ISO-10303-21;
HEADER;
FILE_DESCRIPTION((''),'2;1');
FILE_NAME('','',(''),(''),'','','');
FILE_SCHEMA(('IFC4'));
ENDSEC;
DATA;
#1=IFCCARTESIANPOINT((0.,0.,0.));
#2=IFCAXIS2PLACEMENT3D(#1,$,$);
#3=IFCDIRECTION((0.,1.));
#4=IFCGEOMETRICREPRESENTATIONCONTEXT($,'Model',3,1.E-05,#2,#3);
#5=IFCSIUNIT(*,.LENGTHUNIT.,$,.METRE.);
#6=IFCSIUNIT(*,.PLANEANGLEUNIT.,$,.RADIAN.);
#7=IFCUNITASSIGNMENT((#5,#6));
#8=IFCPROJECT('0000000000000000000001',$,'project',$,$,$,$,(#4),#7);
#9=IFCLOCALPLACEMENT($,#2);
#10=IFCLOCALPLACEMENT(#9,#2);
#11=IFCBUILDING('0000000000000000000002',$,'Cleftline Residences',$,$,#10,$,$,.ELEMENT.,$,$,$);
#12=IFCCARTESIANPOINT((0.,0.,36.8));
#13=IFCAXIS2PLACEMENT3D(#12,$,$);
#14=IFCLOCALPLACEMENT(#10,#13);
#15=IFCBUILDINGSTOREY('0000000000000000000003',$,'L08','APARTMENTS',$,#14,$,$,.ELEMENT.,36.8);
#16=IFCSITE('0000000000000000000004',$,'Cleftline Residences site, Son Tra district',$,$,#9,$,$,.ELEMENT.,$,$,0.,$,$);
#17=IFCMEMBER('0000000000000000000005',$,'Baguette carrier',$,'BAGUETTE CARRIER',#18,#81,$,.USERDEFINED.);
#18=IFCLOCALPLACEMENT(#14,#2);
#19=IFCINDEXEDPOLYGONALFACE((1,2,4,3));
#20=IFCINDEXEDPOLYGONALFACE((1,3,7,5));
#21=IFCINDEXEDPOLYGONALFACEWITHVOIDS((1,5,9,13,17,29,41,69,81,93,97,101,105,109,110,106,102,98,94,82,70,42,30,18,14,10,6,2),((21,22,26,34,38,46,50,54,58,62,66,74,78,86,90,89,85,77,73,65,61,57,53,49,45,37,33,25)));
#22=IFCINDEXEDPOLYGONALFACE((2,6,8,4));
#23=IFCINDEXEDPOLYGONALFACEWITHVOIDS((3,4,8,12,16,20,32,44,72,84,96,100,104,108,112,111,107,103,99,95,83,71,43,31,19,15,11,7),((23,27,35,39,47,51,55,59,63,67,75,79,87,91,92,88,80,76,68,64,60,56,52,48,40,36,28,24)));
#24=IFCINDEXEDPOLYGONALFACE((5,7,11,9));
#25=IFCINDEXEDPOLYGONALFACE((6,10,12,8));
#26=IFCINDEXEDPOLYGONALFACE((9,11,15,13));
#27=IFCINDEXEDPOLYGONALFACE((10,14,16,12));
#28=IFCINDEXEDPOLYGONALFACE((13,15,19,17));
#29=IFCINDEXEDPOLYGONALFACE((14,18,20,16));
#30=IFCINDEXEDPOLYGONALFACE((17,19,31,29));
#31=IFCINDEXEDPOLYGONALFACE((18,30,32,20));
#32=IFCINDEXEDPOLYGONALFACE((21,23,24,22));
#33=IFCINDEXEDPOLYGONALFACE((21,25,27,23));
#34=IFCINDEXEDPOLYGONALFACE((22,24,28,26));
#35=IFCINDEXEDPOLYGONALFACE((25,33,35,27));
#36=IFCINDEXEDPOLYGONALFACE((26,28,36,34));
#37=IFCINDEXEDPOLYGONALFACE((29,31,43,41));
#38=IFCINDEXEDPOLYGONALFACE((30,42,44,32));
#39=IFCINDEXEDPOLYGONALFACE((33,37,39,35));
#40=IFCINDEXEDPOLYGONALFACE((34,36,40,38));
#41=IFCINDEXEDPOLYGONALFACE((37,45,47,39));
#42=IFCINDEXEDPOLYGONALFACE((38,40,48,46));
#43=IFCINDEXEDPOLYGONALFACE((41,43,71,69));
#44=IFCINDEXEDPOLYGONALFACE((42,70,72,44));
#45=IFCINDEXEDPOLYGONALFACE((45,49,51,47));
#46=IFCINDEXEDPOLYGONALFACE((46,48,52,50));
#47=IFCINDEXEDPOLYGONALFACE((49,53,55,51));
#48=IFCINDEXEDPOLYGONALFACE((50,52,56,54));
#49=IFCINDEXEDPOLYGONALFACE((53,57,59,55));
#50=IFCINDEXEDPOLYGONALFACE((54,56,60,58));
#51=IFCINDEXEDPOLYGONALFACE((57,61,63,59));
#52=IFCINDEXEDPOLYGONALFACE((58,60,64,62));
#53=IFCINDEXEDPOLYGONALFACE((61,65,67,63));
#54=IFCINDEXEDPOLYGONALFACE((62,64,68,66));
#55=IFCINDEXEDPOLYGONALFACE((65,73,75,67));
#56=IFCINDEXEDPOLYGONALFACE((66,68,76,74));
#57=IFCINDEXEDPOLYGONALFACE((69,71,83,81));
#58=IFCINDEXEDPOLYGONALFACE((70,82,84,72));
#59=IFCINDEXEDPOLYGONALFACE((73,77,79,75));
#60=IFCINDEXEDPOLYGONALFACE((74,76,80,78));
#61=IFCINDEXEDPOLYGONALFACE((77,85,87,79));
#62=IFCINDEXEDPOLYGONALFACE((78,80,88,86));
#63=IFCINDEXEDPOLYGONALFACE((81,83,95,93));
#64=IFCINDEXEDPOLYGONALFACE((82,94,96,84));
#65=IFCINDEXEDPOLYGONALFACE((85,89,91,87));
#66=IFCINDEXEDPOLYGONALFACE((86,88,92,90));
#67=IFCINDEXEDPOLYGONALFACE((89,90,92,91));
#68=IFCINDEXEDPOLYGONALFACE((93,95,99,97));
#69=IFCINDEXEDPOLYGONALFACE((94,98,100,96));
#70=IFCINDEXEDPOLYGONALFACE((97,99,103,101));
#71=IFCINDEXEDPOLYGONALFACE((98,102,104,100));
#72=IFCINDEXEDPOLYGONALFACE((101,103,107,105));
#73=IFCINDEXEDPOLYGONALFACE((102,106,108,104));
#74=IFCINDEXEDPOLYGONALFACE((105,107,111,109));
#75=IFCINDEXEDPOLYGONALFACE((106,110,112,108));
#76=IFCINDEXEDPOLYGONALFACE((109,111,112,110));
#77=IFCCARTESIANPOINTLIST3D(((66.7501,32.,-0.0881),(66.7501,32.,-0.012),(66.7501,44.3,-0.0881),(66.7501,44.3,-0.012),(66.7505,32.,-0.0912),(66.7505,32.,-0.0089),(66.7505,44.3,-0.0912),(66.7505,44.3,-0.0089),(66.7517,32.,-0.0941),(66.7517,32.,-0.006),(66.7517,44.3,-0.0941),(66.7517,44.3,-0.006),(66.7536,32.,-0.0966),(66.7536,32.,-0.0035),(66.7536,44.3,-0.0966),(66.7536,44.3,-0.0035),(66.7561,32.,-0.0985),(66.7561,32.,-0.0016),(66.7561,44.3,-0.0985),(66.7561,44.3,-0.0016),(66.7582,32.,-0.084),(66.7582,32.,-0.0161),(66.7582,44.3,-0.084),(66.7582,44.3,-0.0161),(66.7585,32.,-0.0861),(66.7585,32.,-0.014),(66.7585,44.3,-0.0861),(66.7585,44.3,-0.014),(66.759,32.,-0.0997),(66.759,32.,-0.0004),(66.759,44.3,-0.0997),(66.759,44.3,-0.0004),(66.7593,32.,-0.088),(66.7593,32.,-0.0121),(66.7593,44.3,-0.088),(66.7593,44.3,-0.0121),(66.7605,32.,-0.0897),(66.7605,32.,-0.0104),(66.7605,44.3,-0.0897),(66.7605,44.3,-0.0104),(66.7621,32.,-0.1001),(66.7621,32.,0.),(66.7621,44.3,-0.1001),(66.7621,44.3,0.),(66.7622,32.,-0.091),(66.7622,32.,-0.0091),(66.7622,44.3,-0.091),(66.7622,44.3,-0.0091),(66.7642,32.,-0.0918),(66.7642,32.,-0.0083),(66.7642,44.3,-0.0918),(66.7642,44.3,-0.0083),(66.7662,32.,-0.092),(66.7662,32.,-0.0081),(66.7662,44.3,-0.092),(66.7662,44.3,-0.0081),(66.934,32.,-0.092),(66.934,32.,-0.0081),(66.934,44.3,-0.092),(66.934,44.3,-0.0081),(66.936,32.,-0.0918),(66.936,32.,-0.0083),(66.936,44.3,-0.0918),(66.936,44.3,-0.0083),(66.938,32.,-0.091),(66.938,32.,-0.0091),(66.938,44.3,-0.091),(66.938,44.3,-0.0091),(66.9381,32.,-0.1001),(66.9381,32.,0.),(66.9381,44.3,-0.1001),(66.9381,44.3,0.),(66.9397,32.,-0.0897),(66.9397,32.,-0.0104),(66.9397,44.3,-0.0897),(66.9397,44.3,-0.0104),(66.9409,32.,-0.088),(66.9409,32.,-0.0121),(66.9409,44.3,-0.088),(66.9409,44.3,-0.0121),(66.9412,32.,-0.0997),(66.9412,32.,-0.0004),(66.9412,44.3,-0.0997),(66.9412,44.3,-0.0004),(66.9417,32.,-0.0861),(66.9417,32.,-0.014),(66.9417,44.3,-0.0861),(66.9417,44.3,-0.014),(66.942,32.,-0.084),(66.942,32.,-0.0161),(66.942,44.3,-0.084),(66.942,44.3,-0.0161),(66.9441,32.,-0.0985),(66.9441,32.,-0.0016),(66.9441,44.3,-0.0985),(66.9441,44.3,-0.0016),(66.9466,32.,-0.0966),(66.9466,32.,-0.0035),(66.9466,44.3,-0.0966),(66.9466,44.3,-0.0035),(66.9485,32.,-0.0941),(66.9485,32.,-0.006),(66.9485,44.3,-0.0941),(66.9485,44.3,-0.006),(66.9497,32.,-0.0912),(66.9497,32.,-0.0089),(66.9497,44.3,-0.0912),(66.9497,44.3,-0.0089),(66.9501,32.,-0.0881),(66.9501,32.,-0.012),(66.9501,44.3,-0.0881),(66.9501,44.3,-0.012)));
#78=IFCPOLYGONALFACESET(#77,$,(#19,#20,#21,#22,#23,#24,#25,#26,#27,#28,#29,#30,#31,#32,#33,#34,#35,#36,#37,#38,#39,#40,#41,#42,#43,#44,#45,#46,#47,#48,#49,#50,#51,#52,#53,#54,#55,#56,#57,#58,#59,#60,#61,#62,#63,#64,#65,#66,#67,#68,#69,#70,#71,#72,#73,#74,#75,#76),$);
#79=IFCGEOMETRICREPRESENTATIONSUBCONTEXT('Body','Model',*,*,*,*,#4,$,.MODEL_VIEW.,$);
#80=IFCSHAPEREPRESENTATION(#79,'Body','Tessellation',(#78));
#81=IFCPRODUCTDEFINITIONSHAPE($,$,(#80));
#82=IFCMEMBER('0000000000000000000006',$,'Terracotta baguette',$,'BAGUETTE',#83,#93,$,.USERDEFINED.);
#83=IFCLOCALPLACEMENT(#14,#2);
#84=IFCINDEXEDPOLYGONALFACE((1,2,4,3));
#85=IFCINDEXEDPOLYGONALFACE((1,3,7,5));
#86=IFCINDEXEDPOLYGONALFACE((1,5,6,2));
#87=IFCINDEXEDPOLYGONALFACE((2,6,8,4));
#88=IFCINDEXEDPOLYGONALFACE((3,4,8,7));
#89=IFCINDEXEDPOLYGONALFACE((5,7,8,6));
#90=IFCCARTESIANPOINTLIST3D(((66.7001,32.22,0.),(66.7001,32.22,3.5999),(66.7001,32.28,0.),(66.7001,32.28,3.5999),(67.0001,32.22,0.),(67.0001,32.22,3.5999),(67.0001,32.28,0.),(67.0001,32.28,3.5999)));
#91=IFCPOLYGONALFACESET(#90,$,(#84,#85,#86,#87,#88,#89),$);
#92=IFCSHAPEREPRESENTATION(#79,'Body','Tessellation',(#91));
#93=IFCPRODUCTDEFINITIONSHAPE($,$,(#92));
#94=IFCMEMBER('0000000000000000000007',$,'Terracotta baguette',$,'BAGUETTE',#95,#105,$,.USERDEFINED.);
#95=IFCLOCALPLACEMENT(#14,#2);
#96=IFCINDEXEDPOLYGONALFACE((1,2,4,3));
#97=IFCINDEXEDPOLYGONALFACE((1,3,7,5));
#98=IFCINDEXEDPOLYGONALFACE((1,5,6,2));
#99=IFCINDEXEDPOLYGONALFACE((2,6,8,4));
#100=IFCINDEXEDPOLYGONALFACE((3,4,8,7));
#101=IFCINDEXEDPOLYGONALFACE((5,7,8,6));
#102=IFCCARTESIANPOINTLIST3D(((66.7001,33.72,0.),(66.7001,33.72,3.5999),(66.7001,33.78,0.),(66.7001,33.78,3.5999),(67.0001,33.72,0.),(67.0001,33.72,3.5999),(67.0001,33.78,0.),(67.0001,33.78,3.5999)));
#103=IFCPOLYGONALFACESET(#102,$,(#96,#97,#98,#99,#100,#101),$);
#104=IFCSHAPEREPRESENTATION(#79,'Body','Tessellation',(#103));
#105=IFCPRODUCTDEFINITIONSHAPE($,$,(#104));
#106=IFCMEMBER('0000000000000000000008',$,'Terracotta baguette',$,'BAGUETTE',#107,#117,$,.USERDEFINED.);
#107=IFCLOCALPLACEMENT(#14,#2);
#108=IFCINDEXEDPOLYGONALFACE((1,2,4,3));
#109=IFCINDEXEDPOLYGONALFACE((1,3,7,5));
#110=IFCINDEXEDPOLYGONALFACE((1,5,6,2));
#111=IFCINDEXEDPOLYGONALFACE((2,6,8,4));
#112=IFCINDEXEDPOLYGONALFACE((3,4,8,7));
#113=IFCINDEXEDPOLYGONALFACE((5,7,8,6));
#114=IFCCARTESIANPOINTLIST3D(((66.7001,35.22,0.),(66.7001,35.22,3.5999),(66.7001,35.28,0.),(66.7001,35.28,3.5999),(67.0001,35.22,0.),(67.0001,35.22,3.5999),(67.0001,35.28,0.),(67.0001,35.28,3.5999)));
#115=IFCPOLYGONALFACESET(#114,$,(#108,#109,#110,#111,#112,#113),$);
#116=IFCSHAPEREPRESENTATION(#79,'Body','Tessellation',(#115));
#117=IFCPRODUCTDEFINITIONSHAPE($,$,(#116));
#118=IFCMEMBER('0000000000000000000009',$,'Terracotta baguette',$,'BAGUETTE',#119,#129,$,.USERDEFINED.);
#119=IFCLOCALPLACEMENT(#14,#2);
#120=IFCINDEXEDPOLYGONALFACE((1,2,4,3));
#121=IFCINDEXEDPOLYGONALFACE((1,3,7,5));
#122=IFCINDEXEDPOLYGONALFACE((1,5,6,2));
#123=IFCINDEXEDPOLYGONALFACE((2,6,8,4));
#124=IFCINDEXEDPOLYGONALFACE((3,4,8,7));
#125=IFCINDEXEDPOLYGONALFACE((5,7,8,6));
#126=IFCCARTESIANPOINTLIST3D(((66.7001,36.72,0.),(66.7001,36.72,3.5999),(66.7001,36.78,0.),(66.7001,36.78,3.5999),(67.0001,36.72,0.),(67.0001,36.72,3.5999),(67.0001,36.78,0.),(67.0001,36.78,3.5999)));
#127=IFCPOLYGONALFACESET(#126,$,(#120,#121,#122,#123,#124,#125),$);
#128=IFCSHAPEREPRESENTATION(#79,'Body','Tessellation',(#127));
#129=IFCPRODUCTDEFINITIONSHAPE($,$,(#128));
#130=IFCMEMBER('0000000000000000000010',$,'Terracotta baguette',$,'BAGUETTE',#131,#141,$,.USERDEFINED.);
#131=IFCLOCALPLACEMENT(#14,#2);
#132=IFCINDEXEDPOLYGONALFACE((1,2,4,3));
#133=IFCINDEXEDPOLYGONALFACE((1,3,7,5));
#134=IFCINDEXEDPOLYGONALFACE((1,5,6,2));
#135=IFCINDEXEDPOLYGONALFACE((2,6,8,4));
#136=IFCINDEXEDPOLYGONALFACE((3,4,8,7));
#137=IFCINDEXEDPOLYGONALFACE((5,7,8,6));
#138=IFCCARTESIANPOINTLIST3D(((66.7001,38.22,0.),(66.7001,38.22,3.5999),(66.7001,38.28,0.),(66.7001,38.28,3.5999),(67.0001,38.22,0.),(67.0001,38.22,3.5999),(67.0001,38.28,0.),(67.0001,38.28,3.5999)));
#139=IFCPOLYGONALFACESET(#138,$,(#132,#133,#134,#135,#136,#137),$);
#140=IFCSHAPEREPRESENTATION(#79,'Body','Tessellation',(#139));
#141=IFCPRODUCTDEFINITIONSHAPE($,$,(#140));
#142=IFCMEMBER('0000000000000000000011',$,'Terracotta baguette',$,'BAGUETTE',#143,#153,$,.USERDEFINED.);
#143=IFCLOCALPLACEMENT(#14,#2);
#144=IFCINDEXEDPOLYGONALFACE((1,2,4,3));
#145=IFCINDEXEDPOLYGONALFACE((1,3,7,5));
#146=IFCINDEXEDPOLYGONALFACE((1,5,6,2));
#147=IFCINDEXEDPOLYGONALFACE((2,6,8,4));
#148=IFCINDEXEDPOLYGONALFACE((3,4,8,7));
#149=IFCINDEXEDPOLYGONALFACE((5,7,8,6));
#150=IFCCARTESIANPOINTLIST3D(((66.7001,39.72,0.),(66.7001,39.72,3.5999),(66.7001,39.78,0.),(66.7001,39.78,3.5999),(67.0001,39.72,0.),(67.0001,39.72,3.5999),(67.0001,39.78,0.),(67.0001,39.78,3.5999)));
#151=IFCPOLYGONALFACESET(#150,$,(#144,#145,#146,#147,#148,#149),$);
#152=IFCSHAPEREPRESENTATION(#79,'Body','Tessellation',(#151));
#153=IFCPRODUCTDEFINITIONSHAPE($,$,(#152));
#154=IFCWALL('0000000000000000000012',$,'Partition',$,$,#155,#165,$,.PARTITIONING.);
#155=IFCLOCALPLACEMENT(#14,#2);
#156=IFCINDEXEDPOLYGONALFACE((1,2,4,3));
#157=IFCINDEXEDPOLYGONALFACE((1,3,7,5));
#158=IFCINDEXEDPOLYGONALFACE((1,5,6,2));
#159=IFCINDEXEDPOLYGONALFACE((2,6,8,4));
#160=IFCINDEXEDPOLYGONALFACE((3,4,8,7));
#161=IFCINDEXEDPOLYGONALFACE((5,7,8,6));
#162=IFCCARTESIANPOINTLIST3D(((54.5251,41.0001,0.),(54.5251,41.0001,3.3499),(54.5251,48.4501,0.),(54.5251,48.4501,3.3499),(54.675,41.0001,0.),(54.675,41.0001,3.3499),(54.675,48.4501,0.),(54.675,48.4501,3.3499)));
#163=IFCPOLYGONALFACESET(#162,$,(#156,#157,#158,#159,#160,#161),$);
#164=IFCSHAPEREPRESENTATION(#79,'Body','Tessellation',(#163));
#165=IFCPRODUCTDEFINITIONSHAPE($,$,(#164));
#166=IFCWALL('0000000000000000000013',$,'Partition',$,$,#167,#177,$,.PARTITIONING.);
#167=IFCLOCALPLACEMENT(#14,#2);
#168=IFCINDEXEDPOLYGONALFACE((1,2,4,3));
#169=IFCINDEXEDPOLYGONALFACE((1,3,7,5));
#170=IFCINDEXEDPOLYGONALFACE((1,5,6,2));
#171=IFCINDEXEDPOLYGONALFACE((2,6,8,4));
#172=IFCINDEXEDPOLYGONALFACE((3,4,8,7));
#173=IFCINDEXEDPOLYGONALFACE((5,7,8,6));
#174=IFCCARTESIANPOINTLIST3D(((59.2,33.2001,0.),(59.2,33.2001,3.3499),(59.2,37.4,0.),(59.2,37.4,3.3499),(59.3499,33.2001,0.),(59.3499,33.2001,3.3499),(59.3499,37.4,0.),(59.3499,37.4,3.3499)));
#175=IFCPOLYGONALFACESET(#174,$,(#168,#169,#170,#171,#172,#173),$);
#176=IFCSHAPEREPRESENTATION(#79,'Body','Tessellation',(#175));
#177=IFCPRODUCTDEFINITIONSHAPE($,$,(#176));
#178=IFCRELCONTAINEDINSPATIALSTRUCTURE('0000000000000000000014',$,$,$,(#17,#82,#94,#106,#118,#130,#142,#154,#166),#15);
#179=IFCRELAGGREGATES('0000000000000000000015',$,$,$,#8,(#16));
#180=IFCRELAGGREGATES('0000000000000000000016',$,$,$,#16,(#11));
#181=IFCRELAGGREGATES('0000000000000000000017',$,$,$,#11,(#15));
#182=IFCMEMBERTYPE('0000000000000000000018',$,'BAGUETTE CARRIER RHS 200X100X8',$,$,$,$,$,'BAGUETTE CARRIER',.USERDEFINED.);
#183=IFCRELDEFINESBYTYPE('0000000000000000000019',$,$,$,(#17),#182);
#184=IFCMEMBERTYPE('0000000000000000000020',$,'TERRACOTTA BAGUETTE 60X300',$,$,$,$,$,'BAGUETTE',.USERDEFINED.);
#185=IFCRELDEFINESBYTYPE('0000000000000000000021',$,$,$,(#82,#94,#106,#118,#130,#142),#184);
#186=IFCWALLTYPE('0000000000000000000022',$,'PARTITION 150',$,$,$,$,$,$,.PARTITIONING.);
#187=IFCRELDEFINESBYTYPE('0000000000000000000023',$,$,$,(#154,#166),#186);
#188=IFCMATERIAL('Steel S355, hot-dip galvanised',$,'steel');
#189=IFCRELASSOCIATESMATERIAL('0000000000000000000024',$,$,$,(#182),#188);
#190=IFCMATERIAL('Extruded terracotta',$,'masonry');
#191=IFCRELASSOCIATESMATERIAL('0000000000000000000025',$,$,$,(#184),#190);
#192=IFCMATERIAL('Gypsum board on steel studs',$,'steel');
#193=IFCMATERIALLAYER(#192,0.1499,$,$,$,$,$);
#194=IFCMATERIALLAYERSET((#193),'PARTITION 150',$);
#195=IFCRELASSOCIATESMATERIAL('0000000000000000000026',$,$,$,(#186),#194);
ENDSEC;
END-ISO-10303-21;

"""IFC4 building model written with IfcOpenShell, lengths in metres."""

from ifc_helpers import new_model, si_unit, direction, frame, frame_2d, origin, origin_2d, place, context, subcontext, project, spatial, rectangle, hollow_rectangle, extrude, material, layer, layer_set, material_profile, profile_set, type_object, element, save


model = new_model("IFC4")

# Units and contexts
model_context = context("Model", 3, precision=1e-05, world=origin(), true_north=direction((0.0, 1.0)))
body_context = subcontext(model_context, "Body", "Model", "MODEL_VIEW")
ifc_project = project(units=[si_unit("LENGTHUNIT", "METRE"), si_unit("PLANEANGLEUNIT", "RADIAN")], contexts=[model_context])

# Site, building, storey
site_placement = place(None, origin())
site = spatial("IfcSite", under=ifc_project, at=site_placement, Name="Cleftline Residences site, Son Tra district", CompositionType="ELEMENT", RefElevation=0.0)
building_placement = place(site_placement, origin())
building = spatial("IfcBuilding", under=site, at=building_placement, Name="Cleftline Residences", CompositionType="ELEMENT")
storey_placement = place(building_placement, frame((0.0, 0.0, 36.8)))
storey = spatial("IfcBuildingStorey", under=building, at=storey_placement, Name="L08", Description="APARTMENTS", CompositionType="ELEMENT", Elevation=36.8)

# Members
ifc_material_1 = material(Name="Steel S355, hot-dip galvanised", Category="steel")
ifc_material_profile_1 = material_profile(ifc_material_1, hollow_rectangle(XDim=0.1001, YDim=0.2, WallThickness=0.0081, InnerFilletRadius=0.0081, OuterFilletRadius=0.012, at=origin_2d()))
ifc_profile_set_1 = profile_set([ifc_material_profile_1], Name="Steel S355, hot-dip galvanised")
member_type_1 = type_object("IfcMemberType", Name="BAGUETTE CARRIER RHS 200X100X8", ElementType="BAGUETTE CARRIER", PredefinedType="USERDEFINED", material=ifc_profile_set_1)
member_placement = place(storey_placement, frame((66.8501, 32.0, -0.05), z_axis=(0.0, 1.0, 0.0), x_axis=(0.0, 0.0, 1.0)))
element("IfcMember", 1, at=member_placement, inside=storey, type_object=member_type_1, Name="Baguette carrier", ObjectType="BAGUETTE CARRIER", PredefinedType="USERDEFINED", context=body_context, shape_type="SweptSolid", body=[
    extrude(hollow_rectangle(XDim=0.1001, YDim=0.2, WallThickness=0.0081, InnerFilletRadius=0.0081, OuterFilletRadius=0.012, at=origin_2d()), origin(), (0.0, 0.0, 1.0), 12.3),
])
ifc_material_2 = material(Name="Extruded terracotta", Category="masonry")
ifc_material_profile_2 = material_profile(ifc_material_2, rectangle(XDim=0.0601, YDim=0.3, at=origin_2d()))
ifc_profile_set_2 = profile_set([ifc_material_profile_2], Name="Extruded terracotta")
member_type_2 = type_object("IfcMemberType", Name="TERRACOTTA BAGUETTE 60X300", ElementType="BAGUETTE", PredefinedType="USERDEFINED", material=ifc_profile_set_2)
for number, where, z_axis, x_axis, name in (
    (2, (66.8501, 32.25, 0.0), (0.0, 0.0, 1.0), (0.0, 1.0, 0.0), "Terracotta baguette"),
    (3, (66.8501, 33.75, 0.0), (0.0, 0.0, 1.0), (0.0, 1.0, 0.0), "Terracotta baguette"),
    (4, (66.8501, 35.25, 0.0), (0.0, 0.0, 1.0), (0.0, 1.0, 0.0), "Terracotta baguette"),
    (5, (66.8501, 36.75, 0.0), (0.0, 0.0, 1.0), (0.0, 1.0, 0.0), "Terracotta baguette"),
    (6, (66.8501, 38.25, 0.0), (0.0, 0.0, 1.0), (0.0, 1.0, 0.0), "Terracotta baguette"),
    (7, (66.8501, 39.75, 0.0), (0.0, 0.0, 1.0), (0.0, 1.0, 0.0), "Terracotta baguette"),
):
    element("IfcMember", number, at=place(storey_placement, frame(where, z_axis=z_axis, x_axis=x_axis)), inside=storey, type_object=member_type_2, Name=name, ObjectType="BAGUETTE", PredefinedType="USERDEFINED", context=body_context, shape_type="SweptSolid", body=[
        extrude(rectangle(XDim=0.0601, YDim=0.3, at=origin_2d()), origin(), (0.0, 0.0, 1.0), 3.5999),
    ])

# Walls
ifc_material_3 = material(Name="Gypsum board on steel studs", Category="steel")
ifc_layer = layer(ifc_material_3, 0.1499)
ifc_layer_set = layer_set([ifc_layer], Name="PARTITION 150")
wall_type = type_object("IfcWallType", Name="PARTITION 150", PredefinedType="PARTITIONING", material=ifc_layer_set)
wall_1_placement = place(storey_placement, frame((54.6001, 41.0, 0.0), z_axis=(0.0, 0.0, 1.0), x_axis=(0.0, 1.0, 0.0)))
element("IfcWall", 8, at=wall_1_placement, inside=storey, type_object=wall_type, Name="Partition", PredefinedType="PARTITIONING", context=body_context, shape_type="SweptSolid", body=[
    extrude(rectangle(XDim=7.45, YDim=0.1499, at=frame_2d((3.7251, 0.0))), origin(), (0.0, 0.0, 1.0), 3.3499),
])
wall_2_placement = place(storey_placement, frame((59.2749, 33.2, 0.0), z_axis=(0.0, 0.0, 1.0), x_axis=(0.0, 1.0, 0.0)))
element("IfcWall", 9, at=wall_2_placement, inside=storey, type_object=wall_type, Name="Partition", PredefinedType="PARTITIONING", context=body_context, shape_type="SweptSolid", body=[
    extrude(rectangle(XDim=4.2, YDim=0.1499, at=frame_2d((2.1001, 0.0))), origin(), (0.0, 0.0, 1.0), 3.3499),
])

save(model, "model.ifc")
